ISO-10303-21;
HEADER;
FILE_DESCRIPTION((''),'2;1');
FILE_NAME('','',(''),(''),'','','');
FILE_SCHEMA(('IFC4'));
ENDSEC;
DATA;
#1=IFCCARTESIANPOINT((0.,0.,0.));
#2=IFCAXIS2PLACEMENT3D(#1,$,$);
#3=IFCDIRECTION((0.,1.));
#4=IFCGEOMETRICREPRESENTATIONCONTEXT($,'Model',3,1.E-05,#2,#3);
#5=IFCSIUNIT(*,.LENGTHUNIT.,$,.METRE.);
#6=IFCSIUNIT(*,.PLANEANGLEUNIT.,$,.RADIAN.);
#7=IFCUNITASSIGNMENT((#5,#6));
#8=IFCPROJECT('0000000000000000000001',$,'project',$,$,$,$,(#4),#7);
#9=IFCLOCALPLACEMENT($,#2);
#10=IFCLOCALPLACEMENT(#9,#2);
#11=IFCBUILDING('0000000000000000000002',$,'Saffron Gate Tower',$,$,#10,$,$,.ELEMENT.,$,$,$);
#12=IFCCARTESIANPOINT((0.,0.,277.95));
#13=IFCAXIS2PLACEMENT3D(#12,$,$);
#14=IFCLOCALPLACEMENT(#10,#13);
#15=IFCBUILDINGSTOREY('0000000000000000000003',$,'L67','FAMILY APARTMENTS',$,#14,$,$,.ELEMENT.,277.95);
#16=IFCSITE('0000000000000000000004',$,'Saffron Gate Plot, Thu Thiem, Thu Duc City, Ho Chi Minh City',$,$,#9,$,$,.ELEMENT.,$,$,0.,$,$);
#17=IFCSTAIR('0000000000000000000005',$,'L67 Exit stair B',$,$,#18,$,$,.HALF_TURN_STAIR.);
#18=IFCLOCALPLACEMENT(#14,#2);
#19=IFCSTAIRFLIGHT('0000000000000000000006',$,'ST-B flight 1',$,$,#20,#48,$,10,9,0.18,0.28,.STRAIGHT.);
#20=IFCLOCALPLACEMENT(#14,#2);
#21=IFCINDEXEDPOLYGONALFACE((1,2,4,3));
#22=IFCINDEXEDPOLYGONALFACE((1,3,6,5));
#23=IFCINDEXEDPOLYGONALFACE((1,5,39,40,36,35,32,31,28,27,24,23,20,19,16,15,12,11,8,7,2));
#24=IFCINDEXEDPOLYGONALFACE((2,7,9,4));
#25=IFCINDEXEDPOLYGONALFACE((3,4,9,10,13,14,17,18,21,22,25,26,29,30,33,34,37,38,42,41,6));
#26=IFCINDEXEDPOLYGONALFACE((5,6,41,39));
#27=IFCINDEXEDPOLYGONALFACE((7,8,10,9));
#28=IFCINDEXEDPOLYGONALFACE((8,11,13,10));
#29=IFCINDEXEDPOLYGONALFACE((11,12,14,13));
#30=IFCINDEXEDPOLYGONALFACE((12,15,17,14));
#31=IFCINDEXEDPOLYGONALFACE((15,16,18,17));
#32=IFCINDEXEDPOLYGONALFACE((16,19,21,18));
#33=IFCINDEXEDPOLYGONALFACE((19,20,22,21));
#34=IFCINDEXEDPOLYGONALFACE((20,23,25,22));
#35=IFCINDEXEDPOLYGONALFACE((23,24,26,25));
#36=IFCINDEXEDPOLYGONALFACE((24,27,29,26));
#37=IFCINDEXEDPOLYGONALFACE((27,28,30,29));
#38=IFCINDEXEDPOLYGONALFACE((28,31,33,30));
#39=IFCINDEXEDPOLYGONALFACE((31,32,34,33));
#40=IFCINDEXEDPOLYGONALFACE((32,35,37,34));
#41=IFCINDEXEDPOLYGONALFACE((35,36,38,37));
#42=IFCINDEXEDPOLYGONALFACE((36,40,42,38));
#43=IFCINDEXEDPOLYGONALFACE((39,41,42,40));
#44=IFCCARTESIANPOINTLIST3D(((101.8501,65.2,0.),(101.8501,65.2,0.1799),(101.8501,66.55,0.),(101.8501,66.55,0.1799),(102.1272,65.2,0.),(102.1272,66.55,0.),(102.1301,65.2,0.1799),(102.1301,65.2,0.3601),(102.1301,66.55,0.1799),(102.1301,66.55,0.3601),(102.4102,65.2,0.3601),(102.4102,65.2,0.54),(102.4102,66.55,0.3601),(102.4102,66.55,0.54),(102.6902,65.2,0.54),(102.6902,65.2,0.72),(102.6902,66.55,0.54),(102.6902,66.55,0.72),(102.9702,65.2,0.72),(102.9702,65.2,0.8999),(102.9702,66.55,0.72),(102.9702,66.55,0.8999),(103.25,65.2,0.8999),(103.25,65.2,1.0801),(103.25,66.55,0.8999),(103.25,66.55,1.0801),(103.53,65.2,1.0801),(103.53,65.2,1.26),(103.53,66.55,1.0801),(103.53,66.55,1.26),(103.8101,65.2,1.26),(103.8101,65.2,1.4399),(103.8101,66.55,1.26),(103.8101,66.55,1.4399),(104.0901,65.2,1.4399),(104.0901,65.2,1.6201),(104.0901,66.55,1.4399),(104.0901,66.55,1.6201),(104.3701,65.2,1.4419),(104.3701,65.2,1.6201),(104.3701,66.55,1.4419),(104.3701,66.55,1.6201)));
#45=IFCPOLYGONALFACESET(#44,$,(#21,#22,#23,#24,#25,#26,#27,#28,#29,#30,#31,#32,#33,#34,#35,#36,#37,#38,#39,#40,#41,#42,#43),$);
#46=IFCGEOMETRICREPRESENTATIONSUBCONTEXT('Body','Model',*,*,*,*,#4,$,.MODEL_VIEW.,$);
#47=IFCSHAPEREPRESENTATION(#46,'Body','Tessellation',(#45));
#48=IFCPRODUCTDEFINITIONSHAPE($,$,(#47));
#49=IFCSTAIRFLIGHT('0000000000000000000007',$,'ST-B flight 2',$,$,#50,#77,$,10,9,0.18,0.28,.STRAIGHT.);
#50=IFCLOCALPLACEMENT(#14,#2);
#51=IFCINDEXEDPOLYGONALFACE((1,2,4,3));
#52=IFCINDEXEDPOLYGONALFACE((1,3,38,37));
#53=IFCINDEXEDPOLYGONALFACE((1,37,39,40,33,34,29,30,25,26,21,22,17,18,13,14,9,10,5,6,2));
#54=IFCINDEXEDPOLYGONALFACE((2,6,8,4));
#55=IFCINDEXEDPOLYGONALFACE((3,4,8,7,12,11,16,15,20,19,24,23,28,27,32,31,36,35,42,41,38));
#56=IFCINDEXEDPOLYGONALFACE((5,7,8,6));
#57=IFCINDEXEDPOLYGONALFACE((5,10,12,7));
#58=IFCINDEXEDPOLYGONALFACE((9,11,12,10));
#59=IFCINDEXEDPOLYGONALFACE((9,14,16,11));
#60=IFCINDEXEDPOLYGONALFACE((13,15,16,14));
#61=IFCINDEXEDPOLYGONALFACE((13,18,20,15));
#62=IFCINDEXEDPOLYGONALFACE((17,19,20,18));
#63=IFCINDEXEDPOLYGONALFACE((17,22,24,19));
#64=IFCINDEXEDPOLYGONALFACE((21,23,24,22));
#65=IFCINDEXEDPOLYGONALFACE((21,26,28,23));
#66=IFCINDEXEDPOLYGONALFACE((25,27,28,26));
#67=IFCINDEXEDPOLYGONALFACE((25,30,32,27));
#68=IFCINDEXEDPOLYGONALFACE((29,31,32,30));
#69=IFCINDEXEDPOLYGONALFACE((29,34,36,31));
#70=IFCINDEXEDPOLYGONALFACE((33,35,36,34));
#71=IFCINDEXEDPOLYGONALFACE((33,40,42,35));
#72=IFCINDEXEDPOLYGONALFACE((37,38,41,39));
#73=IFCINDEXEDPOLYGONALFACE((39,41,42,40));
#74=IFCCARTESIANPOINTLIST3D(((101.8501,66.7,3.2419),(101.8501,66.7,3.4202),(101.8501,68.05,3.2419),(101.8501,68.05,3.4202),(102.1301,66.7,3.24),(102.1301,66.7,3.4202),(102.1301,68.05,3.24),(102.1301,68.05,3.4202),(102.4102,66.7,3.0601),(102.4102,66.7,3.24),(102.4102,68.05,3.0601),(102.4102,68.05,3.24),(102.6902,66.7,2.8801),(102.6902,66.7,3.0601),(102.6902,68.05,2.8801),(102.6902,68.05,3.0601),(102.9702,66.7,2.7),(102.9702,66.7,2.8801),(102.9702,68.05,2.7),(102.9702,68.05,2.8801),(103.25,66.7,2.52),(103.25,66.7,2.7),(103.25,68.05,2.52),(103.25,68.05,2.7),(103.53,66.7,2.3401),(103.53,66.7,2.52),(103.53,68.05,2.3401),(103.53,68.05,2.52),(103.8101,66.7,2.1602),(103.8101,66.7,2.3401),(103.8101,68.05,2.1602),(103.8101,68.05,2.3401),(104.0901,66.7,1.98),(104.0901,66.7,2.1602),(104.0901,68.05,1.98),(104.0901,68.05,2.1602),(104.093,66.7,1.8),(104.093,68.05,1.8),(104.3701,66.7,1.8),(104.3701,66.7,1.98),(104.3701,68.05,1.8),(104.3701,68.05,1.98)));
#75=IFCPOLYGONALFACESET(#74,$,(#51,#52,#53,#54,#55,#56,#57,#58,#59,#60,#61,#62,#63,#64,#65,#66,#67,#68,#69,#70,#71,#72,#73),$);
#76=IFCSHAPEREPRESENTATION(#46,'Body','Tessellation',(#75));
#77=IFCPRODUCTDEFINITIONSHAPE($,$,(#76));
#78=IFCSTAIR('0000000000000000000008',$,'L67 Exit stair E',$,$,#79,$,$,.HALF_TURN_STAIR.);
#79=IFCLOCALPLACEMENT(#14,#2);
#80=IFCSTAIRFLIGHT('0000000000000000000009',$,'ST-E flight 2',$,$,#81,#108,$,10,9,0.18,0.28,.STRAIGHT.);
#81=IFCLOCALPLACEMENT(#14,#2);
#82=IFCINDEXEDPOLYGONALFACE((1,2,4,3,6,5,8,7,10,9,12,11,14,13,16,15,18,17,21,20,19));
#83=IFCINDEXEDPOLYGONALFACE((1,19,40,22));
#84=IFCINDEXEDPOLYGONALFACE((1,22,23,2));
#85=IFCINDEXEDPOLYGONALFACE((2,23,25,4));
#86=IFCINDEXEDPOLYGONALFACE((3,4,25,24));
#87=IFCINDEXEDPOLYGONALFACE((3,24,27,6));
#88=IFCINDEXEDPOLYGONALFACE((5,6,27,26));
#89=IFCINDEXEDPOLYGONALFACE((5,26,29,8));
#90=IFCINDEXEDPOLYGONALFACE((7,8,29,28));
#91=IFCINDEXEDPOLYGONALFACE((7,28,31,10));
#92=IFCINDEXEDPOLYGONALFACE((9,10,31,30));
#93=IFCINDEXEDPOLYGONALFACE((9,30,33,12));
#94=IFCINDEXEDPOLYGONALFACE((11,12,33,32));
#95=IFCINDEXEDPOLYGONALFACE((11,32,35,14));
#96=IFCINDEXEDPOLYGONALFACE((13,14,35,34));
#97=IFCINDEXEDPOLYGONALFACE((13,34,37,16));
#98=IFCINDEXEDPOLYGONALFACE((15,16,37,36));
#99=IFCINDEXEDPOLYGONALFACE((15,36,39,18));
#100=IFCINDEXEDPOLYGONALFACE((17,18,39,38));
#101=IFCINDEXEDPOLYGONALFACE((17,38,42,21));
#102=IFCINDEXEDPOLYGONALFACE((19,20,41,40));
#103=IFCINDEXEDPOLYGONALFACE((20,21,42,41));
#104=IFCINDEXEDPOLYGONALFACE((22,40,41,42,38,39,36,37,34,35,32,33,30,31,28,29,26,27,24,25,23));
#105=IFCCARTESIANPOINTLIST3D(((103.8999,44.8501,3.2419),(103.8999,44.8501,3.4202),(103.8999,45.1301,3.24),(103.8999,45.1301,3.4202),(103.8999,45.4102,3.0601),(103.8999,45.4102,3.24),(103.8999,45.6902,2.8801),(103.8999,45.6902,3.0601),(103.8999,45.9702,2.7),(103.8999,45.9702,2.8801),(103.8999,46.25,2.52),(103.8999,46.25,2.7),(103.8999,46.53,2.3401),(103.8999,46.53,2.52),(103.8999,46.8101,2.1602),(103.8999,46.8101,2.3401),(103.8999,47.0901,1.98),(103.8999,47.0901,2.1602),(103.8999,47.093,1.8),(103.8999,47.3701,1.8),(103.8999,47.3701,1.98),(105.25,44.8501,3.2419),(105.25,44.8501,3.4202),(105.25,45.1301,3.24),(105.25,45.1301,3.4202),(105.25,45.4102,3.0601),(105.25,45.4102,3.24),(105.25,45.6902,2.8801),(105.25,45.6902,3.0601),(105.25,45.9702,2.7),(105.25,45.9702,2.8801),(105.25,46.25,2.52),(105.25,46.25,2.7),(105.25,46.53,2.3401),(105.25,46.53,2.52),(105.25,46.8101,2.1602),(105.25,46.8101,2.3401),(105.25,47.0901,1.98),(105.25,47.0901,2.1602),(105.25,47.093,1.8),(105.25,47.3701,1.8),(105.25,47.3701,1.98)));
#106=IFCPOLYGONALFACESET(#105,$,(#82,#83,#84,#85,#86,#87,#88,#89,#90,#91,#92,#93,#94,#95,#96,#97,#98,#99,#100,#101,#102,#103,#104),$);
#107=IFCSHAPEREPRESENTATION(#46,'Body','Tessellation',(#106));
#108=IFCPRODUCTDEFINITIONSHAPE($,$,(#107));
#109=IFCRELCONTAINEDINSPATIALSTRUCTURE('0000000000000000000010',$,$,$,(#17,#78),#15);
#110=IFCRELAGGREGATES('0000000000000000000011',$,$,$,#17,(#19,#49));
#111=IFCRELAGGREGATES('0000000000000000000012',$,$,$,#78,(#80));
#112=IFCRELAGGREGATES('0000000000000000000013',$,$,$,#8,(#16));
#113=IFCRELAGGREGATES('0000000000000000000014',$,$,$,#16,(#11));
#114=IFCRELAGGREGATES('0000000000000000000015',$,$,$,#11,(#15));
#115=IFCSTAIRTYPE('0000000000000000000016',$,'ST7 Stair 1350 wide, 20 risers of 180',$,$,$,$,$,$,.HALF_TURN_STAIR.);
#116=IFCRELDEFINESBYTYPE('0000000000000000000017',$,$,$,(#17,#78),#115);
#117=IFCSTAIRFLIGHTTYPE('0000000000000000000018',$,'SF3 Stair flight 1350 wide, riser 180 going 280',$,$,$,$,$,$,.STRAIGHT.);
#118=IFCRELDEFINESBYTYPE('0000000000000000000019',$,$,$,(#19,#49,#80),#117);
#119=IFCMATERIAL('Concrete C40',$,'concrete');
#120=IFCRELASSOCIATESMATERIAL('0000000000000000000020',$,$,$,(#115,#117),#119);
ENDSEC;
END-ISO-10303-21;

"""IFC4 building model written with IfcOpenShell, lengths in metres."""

from ifc_helpers import new_model, si_unit, direction, frame, origin, place, context, subcontext, project, spatial, polyline, outline, extrude, material, type_object, element, aggregate, save


model = new_model("IFC4")

# Units and contexts
model_context = context("Model", 3, precision=1e-05, world=origin(), true_north=direction((0.0, 1.0)))
body_context = subcontext(model_context, "Body", "Model", "MODEL_VIEW")
ifc_project = project(units=[si_unit("LENGTHUNIT", "METRE"), si_unit("PLANEANGLEUNIT", "RADIAN")], contexts=[model_context])

# Site, building, storey
site_placement = place(None, origin())
site = spatial("IfcSite", under=ifc_project, at=site_placement, Name="Saffron Gate Plot, Thu Thiem, Thu Duc City, Ho Chi Minh City", CompositionType="ELEMENT", RefElevation=0.0)
building_placement = place(site_placement, origin())
building = spatial("IfcBuilding", under=site, at=building_placement, Name="Saffron Gate Tower", CompositionType="ELEMENT")
storey_placement = place(building_placement, frame((0.0, 0.0, 277.95)))
storey = spatial("IfcBuildingStorey", under=building, at=storey_placement, Name="L67", Description="FAMILY APARTMENTS", CompositionType="ELEMENT", Elevation=277.95)

# Stair, stair flights
ifc_material_1 = material(Name="Concrete C40", Category="concrete")
stair_type = type_object("IfcStairType", Name="ST7 Stair 1350 wide, 20 risers of 180", PredefinedType="HALF_TURN_STAIR", material=ifc_material_1)
stair_1_placement = place(storey_placement, origin())
stair_1 = element("IfcStair", 1, at=stair_1_placement, inside=storey, type_object=stair_type, Name="L67 Exit stair B", PredefinedType="HALF_TURN_STAIR")
stair_flight_type = type_object("IfcStairFlightType", Name="SF3 Stair flight 1350 wide, riser 180 going 280", PredefinedType="STRAIGHT", material=ifc_material_1)
stair_flight_1_placement = place(storey_placement, frame((101.8501, 65.875, 0.0), z_axis=(0.0, 0.0, 1.0), x_axis=(1.0, 0.0, 0.0)))
stair_flight_1 = element("IfcStairFlight", 2, at=stair_flight_1_placement, type_object=stair_flight_type, Name="ST-B flight 1", NumberOfRisers=10, NumberOfTreads=9, PredefinedType="STRAIGHT", RiserHeight=0.18, TreadLength=0.28, context=body_context, shape_type="SweptSolid", body=[
    extrude(outline(polyline([(0.0, 0.0), (0.0, 0.1799), (0.28, 0.1799), (0.28, 0.3601), (0.5601, 0.3601), (0.5601, 0.54), (0.8401, 0.54), (0.8401, 0.72), (1.1201, 0.72), (1.1201, 0.8999), (1.3999, 0.8999), (1.3999, 1.0801), (1.6799, 1.0801), (1.6799, 1.26), (1.96, 1.26), (1.96, 1.4399), (2.24, 1.4399), (2.24, 1.6201), (2.52, 1.6201), (2.52, 1.8), (2.52, 1.4419), (0.2771, 0.0), (0.0, 0.0)])), frame((0.0, 0.675, 0.0), z_axis=(0.0, -1.0, 0.0), x_axis=(1.0, 0.0, 0.0)), (0.0, 0.0, 1.0), 1.3501),
])
stair_flight_2_placement = place(storey_placement, frame((104.3701, 67.375, 1.8), z_axis=(0.0, 0.0, 1.0), x_axis=(-1.0, 0.0, 0.0)))
stair_flight_2 = element("IfcStairFlight", 3, at=stair_flight_2_placement, type_object=stair_flight_type, Name="ST-B flight 2", NumberOfRisers=10, NumberOfTreads=9, PredefinedType="STRAIGHT", RiserHeight=0.18, TreadLength=0.28, context=body_context, shape_type="SweptSolid", body=[
    extrude(outline(polyline([(0.0, 0.0), (0.0, 0.1799), (0.28, 0.1799), (0.28, 0.3601), (0.5601, 0.3601), (0.5601, 0.54), (0.8401, 0.54), (0.8401, 0.72), (1.1201, 0.72), (1.1201, 0.8999), (1.3999, 0.8999), (1.3999, 1.0801), (1.6799, 1.0801), (1.6799, 1.26), (1.96, 1.26), (1.96, 1.4399), (2.24, 1.4399), (2.24, 1.6201), (2.52, 1.6201), (2.52, 1.8), (2.52, 1.4419), (0.2771, 0.0), (0.0, 0.0)])), frame((0.0, 0.675, 0.0), z_axis=(0.0, -1.0, 0.0), x_axis=(1.0, 0.0, 0.0)), (0.0, 0.0, 1.0), 1.3501),
])
aggregate(stair_1, [stair_flight_1, stair_flight_2])

# Stair, stair flight
stair_2_placement = place(storey_placement, origin())
stair_2 = element("IfcStair", 4, at=stair_2_placement, inside=storey, type_object=stair_type, Name="L67 Exit stair E", PredefinedType="HALF_TURN_STAIR")
stair_flight_3_placement = place(storey_placement, frame((104.575, 47.3701, 1.8), z_axis=(0.0, 0.0, 1.0), x_axis=(0.0, -1.0, 0.0)))
stair_flight_3 = element("IfcStairFlight", 5, at=stair_flight_3_placement, type_object=stair_flight_type, Name="ST-E flight 2", NumberOfRisers=10, NumberOfTreads=9, PredefinedType="STRAIGHT", RiserHeight=0.18, TreadLength=0.28, context=body_context, shape_type="SweptSolid", body=[
    extrude(outline(polyline([(0.0, 0.0), (0.0, 0.1799), (0.28, 0.1799), (0.28, 0.3601), (0.5601, 0.3601), (0.5601, 0.54), (0.8401, 0.54), (0.8401, 0.72), (1.1201, 0.72), (1.1201, 0.8999), (1.3999, 0.8999), (1.3999, 1.0801), (1.6799, 1.0801), (1.6799, 1.26), (1.96, 1.26), (1.96, 1.4399), (2.24, 1.4399), (2.24, 1.6201), (2.52, 1.6201), (2.52, 1.8), (2.52, 1.4419), (0.2771, 0.0), (0.0, 0.0)])), frame((0.0, 0.675, 0.0), z_axis=(0.0, -1.0, 0.0), x_axis=(1.0, 0.0, 0.0)), (0.0, 0.0, 1.0), 1.3501),
])
aggregate(stair_2, [stair_flight_3])

save(model, "model.ifc")
